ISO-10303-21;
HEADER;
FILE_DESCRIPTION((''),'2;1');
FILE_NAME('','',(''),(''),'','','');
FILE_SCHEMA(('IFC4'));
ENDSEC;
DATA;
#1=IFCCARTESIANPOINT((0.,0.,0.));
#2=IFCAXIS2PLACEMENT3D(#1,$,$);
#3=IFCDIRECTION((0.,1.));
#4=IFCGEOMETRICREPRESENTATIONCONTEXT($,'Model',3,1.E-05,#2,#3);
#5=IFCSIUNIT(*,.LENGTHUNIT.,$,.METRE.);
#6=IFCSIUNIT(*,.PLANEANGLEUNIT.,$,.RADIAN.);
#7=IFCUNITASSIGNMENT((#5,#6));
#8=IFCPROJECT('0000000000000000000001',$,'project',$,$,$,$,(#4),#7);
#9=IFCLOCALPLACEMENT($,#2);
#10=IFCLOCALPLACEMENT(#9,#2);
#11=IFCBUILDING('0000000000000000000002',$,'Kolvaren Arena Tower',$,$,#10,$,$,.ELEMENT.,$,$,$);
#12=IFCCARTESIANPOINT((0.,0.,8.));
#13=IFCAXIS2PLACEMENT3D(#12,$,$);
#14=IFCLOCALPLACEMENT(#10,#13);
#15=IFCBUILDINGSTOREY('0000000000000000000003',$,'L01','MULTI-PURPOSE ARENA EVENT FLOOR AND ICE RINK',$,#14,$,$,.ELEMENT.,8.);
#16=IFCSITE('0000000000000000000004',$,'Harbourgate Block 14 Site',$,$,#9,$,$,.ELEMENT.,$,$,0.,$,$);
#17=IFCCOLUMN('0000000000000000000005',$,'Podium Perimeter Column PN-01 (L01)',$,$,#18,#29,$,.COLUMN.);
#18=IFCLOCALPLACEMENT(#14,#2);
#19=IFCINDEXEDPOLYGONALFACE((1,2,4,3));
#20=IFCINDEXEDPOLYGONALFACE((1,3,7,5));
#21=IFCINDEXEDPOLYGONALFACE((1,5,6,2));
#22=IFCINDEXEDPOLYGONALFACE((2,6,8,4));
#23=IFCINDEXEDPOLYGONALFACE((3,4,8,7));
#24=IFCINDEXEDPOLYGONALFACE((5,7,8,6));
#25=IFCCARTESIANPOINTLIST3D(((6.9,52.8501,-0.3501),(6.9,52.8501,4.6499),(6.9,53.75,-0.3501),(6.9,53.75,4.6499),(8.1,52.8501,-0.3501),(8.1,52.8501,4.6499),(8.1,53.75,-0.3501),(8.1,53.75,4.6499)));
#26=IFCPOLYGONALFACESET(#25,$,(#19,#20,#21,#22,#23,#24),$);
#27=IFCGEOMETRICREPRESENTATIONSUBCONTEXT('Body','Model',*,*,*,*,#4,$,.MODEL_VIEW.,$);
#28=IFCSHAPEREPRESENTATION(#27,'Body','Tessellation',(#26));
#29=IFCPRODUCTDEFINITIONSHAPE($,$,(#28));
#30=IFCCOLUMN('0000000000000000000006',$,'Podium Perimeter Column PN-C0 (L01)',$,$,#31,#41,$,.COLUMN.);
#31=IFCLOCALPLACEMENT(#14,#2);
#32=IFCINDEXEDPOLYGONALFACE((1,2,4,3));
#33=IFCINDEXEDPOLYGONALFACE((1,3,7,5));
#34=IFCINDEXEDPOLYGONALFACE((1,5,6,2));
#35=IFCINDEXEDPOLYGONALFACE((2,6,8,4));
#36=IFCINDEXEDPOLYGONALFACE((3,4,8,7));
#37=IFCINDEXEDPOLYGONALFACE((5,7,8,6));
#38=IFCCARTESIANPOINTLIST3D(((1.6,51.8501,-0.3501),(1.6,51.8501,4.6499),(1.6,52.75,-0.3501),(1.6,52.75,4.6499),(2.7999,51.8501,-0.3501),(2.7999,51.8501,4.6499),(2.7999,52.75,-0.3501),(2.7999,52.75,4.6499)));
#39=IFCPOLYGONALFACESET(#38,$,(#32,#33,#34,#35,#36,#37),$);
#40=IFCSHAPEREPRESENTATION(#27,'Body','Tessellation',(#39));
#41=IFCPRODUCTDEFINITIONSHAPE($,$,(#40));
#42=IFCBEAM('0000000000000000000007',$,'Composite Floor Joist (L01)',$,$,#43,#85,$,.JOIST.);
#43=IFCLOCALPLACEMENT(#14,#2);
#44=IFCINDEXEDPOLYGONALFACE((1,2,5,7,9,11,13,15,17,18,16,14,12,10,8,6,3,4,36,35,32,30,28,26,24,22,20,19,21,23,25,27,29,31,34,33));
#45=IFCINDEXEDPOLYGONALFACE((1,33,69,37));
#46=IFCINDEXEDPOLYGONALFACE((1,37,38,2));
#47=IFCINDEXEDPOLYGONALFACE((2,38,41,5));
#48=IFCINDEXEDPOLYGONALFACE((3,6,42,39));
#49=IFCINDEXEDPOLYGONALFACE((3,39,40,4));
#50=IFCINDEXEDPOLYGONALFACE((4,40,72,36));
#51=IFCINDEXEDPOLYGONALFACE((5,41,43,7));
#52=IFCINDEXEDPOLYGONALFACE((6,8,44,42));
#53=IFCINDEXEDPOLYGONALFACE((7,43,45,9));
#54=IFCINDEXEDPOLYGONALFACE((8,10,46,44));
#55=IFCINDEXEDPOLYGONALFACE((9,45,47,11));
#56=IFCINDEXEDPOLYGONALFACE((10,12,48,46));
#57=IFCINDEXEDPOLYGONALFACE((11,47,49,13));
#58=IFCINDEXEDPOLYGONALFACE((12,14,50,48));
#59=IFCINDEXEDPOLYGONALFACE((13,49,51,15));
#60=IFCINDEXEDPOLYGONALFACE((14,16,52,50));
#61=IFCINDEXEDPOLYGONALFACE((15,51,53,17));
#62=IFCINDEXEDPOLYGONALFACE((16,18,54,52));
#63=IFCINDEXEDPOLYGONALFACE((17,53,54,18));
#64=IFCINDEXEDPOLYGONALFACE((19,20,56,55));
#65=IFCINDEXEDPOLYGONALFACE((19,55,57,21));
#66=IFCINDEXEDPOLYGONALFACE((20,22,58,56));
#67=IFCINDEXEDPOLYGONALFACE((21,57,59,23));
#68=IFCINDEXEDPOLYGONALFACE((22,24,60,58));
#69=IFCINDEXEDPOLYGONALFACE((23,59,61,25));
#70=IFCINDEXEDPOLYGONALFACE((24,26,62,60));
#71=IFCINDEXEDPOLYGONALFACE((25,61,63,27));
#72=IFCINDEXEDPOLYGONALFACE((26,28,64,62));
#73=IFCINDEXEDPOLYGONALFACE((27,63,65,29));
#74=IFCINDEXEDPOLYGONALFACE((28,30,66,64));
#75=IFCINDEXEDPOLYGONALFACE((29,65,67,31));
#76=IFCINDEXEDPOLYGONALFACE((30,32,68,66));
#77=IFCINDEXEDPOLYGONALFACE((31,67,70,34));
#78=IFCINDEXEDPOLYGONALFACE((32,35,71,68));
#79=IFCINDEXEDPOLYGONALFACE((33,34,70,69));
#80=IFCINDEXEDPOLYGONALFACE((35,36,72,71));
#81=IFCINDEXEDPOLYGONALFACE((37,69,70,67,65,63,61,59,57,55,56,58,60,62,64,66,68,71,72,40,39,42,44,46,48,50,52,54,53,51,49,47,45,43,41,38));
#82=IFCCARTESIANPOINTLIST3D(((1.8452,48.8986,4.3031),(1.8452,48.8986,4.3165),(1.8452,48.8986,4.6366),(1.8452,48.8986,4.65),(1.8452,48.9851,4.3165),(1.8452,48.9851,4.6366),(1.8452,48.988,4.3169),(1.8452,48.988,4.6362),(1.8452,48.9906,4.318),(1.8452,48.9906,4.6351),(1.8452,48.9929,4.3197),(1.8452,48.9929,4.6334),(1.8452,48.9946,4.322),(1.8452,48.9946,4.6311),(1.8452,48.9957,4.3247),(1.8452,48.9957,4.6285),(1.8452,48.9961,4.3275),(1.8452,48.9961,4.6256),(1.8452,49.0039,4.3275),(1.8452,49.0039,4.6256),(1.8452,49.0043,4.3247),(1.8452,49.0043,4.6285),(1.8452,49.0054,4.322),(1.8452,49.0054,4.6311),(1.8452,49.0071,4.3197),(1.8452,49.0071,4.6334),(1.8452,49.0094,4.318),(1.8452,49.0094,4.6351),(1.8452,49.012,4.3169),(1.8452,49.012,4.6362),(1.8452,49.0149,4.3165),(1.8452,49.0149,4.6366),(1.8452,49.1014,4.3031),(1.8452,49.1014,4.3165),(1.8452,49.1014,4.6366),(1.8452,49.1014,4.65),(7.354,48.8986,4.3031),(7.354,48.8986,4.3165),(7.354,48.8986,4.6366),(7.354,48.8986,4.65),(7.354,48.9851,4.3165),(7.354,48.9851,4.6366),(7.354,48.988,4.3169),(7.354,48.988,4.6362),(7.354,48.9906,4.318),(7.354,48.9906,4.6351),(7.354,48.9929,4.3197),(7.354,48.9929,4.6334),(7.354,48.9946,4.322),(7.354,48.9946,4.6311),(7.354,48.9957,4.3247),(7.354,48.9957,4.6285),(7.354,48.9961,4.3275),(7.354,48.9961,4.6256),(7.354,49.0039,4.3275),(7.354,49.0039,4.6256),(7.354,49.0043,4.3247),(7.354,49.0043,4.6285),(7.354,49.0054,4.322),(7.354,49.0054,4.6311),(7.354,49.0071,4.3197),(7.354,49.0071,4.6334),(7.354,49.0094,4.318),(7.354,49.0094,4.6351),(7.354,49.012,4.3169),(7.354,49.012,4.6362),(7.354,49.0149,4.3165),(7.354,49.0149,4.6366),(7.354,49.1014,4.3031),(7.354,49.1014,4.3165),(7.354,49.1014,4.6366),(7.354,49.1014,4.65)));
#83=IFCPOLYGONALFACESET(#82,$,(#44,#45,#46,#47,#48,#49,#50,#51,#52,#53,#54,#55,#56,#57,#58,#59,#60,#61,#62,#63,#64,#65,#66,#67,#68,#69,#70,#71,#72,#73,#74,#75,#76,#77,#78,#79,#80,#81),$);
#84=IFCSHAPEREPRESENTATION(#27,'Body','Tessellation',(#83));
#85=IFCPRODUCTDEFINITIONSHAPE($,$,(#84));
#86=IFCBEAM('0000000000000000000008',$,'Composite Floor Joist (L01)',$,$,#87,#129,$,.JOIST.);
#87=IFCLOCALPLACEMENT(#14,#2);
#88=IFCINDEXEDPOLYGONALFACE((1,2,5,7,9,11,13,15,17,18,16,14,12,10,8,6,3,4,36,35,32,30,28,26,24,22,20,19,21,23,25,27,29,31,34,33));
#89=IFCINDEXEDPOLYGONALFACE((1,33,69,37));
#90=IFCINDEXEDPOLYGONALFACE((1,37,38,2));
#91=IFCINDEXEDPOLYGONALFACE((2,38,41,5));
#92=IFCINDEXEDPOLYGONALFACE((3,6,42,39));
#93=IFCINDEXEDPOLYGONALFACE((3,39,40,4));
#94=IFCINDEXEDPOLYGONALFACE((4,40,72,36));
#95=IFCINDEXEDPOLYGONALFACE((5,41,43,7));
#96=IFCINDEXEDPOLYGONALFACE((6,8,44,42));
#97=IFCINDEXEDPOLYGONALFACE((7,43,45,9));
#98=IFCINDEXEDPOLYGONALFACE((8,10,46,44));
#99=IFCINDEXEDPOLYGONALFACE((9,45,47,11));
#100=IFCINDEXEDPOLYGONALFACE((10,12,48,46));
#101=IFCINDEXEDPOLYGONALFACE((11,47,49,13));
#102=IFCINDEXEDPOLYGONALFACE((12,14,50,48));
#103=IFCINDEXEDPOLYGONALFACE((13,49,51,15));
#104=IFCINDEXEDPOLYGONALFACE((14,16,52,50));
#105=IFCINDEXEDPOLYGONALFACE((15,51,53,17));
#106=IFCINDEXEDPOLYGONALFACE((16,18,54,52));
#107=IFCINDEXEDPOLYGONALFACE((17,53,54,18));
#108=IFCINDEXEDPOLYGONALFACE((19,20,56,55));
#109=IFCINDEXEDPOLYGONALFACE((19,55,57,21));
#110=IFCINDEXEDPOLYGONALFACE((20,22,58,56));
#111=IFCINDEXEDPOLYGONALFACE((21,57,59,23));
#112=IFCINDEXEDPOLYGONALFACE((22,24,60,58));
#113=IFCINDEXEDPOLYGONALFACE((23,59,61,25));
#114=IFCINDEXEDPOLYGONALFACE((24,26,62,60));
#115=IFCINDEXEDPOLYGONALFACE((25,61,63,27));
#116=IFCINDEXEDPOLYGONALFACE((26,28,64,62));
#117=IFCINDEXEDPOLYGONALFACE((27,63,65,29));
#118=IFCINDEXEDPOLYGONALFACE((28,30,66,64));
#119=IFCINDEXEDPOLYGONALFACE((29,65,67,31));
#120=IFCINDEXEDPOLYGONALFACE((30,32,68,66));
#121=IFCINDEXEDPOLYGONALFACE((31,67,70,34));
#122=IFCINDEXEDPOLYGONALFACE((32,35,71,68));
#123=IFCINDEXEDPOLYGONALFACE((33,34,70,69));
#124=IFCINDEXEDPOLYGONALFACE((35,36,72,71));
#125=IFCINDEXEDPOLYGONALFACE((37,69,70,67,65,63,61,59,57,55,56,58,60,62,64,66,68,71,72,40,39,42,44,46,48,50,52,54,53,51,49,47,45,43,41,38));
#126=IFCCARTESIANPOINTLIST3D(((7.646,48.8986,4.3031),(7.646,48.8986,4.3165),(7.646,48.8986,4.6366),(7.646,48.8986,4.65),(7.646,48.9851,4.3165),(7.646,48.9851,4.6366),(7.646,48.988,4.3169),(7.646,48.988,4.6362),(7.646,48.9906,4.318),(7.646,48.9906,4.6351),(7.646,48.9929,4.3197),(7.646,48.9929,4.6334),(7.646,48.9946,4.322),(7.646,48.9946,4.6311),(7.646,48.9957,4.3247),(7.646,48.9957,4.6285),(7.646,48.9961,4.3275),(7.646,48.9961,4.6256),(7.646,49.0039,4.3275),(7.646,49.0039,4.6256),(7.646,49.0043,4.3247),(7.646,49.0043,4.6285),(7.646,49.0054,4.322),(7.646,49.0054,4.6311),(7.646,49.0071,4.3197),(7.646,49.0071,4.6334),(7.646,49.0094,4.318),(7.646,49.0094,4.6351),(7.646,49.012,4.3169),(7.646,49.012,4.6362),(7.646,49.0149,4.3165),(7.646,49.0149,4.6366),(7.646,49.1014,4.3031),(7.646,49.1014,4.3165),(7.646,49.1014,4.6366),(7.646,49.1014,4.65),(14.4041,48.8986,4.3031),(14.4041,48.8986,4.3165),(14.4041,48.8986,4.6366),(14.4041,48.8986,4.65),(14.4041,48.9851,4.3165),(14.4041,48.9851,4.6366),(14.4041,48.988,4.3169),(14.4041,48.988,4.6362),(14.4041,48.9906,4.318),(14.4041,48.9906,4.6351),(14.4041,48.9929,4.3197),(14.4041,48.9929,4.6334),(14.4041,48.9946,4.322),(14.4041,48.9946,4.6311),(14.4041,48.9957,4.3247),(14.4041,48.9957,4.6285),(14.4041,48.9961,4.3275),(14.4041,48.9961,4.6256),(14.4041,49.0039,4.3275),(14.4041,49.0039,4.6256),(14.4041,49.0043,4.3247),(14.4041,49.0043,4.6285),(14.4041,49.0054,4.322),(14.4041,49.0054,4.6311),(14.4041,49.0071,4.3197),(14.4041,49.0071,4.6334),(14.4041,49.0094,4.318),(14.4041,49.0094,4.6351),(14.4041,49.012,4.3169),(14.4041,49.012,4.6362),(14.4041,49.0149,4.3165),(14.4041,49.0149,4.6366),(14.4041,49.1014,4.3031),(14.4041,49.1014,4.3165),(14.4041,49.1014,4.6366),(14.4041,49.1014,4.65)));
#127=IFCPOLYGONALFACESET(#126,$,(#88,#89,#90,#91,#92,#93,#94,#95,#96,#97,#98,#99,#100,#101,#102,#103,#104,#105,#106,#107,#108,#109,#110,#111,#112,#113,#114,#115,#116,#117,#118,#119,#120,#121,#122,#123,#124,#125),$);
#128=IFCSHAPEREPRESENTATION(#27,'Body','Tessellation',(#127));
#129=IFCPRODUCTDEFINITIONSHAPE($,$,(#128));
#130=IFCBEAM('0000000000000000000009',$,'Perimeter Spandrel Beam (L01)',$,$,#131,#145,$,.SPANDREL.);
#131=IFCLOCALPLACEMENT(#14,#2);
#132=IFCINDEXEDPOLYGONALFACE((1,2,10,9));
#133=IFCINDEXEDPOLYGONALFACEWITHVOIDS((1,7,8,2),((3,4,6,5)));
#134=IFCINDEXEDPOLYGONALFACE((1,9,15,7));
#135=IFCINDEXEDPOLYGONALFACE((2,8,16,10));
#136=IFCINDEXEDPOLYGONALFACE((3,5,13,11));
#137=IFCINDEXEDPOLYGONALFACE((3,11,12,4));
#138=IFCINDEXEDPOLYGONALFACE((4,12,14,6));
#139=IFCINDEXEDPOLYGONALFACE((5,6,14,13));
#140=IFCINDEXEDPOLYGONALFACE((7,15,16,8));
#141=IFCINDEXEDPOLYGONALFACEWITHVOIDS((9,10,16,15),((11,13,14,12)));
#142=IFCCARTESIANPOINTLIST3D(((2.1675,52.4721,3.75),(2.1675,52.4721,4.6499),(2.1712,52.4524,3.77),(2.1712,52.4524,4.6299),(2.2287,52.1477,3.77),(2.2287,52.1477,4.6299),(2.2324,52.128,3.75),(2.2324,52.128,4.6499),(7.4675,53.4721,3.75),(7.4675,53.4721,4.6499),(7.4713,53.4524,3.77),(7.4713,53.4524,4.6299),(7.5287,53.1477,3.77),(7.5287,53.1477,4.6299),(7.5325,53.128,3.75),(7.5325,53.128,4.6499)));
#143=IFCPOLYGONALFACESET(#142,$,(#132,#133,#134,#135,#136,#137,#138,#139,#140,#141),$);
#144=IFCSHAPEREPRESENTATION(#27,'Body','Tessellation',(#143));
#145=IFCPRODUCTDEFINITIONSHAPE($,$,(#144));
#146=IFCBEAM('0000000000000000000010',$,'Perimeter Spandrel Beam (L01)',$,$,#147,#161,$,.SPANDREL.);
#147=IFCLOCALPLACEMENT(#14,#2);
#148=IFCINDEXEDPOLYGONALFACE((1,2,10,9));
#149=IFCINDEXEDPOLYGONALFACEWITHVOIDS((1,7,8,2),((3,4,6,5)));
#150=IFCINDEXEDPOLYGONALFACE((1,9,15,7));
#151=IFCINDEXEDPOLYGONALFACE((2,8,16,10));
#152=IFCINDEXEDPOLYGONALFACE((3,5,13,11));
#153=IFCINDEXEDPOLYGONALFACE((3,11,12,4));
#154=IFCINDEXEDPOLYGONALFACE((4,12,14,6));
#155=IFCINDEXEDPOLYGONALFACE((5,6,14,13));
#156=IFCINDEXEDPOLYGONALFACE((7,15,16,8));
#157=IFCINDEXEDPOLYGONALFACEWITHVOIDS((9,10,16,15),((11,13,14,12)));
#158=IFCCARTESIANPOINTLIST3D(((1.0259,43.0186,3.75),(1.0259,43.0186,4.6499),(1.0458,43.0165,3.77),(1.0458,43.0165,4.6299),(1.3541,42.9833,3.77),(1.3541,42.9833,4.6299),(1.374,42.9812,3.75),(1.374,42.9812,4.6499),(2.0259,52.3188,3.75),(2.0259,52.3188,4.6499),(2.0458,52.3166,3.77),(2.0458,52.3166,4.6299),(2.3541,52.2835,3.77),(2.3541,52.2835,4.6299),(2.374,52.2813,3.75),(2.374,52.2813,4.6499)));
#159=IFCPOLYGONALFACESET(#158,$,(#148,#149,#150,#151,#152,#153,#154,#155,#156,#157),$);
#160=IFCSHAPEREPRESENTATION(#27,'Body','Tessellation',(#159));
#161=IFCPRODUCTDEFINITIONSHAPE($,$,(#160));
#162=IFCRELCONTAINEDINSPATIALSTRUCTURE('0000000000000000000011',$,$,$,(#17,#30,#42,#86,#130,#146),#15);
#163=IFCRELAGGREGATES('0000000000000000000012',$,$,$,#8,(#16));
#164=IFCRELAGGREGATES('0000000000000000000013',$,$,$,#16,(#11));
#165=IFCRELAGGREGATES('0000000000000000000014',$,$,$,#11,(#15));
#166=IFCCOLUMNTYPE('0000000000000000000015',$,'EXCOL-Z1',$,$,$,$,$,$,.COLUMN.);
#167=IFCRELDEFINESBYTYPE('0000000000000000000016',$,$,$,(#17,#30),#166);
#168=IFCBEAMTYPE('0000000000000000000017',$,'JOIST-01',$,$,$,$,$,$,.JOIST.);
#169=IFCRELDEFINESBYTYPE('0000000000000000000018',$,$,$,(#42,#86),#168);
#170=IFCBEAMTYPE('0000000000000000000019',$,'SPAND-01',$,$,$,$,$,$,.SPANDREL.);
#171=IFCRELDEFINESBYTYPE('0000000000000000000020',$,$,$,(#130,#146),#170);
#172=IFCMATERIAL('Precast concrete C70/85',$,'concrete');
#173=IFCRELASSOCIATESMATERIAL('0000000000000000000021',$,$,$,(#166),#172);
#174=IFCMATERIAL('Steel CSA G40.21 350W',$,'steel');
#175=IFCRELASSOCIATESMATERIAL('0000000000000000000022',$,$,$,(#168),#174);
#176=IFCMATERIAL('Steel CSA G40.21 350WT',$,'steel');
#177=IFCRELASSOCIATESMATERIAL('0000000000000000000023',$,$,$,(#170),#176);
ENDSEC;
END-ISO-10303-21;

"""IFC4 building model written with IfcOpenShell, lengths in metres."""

from ifc_helpers import new_model, si_unit, direction, frame, origin, origin_2d, place, context, subcontext, project, spatial, rectangle, hollow_rectangle, i_section, extrude, material, material_profile, profile_set, type_object, element, save


model = new_model("IFC4")

# Units and contexts
model_context = context("Model", 3, precision=1e-05, world=origin(), true_north=direction((0.0, 1.0)))
body_context = subcontext(model_context, "Body", "Model", "MODEL_VIEW")
ifc_project = project(units=[si_unit("LENGTHUNIT", "METRE"), si_unit("PLANEANGLEUNIT", "RADIAN")], contexts=[model_context])

# Site, building, storey
site_placement = place(None, origin())
site = spatial("IfcSite", under=ifc_project, at=site_placement, Name="Harbourgate Block 14 Site", CompositionType="ELEMENT", RefElevation=0.0)
building_placement = place(site_placement, origin())
building = spatial("IfcBuilding", under=site, at=building_placement, Name="Kolvaren Arena Tower", CompositionType="ELEMENT")
storey_placement = place(building_placement, frame((0.0, 0.0, 8.0)))
storey = spatial("IfcBuildingStorey", under=building, at=storey_placement, Name="L01", Description="MULTI-PURPOSE ARENA EVENT FLOOR AND ICE RINK", CompositionType="ELEMENT", Elevation=8.0)

# Columns
ifc_material_1 = material(Name="Precast concrete C70/85", Category="concrete")
ifc_material_profile_1 = material_profile(ifc_material_1, rectangle(XDim=1.2, YDim=0.8999, at=origin_2d()), Name="RC-1200x900")
ifc_profile_set_1 = profile_set([ifc_material_profile_1], Name="Precast concrete C70/85")
column_type = type_object("IfcColumnType", Name="EXCOL-Z1", PredefinedType="COLUMN", material=ifc_profile_set_1)
for number, where, z_axis, x_axis, name in (
    (1, (7.5, 53.3, -0.3501), (0.0, 0.0, 1.0), (1.0, 0.0, 0.0), "Podium Perimeter Column PN-01 (L01)"),
    (2, (2.2, 52.3, -0.3501), (0.0, 0.0, 1.0), (1.0, 0.0, 0.0), "Podium Perimeter Column PN-C0 (L01)"),
):
    element("IfcColumn", number, at=place(storey_placement, frame(where, z_axis=z_axis, x_axis=x_axis)), inside=storey, type_object=column_type, Name=name, PredefinedType="COLUMN", context=body_context, shape_type="SweptSolid", body=[
        extrude(rectangle(XDim=1.2, YDim=0.8999, at=origin_2d()), origin(), (0.0, 0.0, 1.0), 5.0),
    ])

# Beams
ifc_material_2 = material(Name="Steel CSA G40.21 350W", Category="steel")
ifc_material_profile_2 = material_profile(ifc_material_2, i_section(OverallWidth=0.2029, OverallDepth=0.3469, WebThickness=0.0078, FlangeThickness=0.0134, FilletRadius=0.011, at=origin_2d()), Name="W360x64")
ifc_profile_set_2 = profile_set([ifc_material_profile_2], Name="Steel CSA G40.21 350W")
beam_type_1 = type_object("IfcBeamType", Name="JOIST-01", PredefinedType="JOIST", material=ifc_profile_set_2)
beam_1_placement = place(storey_placement, frame((1.8452, 49.0, 4.4766), z_axis=(1.0, 0.0, 0.0), x_axis=(0.0, 1.0, 0.0)))
element("IfcBeam", 3, at=beam_1_placement, inside=storey, type_object=beam_type_1, Name="Composite Floor Joist (L01)", PredefinedType="JOIST", context=body_context, shape_type="SweptSolid", body=[
    extrude(i_section(OverallWidth=0.2029, OverallDepth=0.3469, WebThickness=0.0078, FlangeThickness=0.0134, FilletRadius=0.011, at=origin_2d()), origin(), (0.0, 0.0, 1.0), 5.5088),
])
beam_2_placement = place(storey_placement, frame((7.646, 49.0, 4.4766), z_axis=(1.0, 0.0, 0.0), x_axis=(0.0, 1.0, 0.0)))
element("IfcBeam", 4, at=beam_2_placement, inside=storey, type_object=beam_type_1, Name="Composite Floor Joist (L01)", PredefinedType="JOIST", context=body_context, shape_type="SweptSolid", body=[
    extrude(i_section(OverallWidth=0.2029, OverallDepth=0.3469, WebThickness=0.0078, FlangeThickness=0.0134, FilletRadius=0.011, at=origin_2d()), origin(), (0.0, 0.0, 1.0), 6.7581),
])
ifc_material_3 = material(Name="Steel CSA G40.21 350WT", Category="steel")
ifc_material_profile_3 = material_profile(ifc_material_3, hollow_rectangle(XDim=0.3501, YDim=0.8999, WallThickness=0.02, at=origin_2d()), Name="HSS 900x350x20")
ifc_profile_set_3 = profile_set([ifc_material_profile_3], Name="Steel CSA G40.21 350WT")
beam_type_2 = type_object("IfcBeamType", Name="SPAND-01", PredefinedType="SPANDREL", material=ifc_profile_set_3)
beam_3_placement = place(storey_placement, frame((7.5, 53.3, 4.2), z_axis=(-0.982662, -0.185406, 0.0), x_axis=(0.185406, -0.982662, 0.0)))
element("IfcBeam", 5, at=beam_3_placement, inside=storey, type_object=beam_type_2, Name="Perimeter Spandrel Beam (L01)", PredefinedType="SPANDREL", context=body_context, shape_type="SweptSolid", body=[
    extrude(hollow_rectangle(XDim=0.3501, YDim=0.8999, WallThickness=0.02, at=origin_2d()), origin(), (0.0, 0.0, 1.0), 5.3936),
])
beam_4_placement = place(storey_placement, frame((2.2, 52.3, 4.2), z_axis=(-0.10691, -0.994269, 0.0), x_axis=(0.994269, -0.10691, 0.0)))
element("IfcBeam", 6, at=beam_4_placement, inside=storey, type_object=beam_type_2, Name="Perimeter Spandrel Beam (L01)", PredefinedType="SPANDREL", context=body_context, shape_type="SweptSolid", body=[
    extrude(hollow_rectangle(XDim=0.3501, YDim=0.8999, WallThickness=0.02, at=origin_2d()), origin(), (0.0, 0.0, 1.0), 9.3538),
])

save(model, "model.ifc")
